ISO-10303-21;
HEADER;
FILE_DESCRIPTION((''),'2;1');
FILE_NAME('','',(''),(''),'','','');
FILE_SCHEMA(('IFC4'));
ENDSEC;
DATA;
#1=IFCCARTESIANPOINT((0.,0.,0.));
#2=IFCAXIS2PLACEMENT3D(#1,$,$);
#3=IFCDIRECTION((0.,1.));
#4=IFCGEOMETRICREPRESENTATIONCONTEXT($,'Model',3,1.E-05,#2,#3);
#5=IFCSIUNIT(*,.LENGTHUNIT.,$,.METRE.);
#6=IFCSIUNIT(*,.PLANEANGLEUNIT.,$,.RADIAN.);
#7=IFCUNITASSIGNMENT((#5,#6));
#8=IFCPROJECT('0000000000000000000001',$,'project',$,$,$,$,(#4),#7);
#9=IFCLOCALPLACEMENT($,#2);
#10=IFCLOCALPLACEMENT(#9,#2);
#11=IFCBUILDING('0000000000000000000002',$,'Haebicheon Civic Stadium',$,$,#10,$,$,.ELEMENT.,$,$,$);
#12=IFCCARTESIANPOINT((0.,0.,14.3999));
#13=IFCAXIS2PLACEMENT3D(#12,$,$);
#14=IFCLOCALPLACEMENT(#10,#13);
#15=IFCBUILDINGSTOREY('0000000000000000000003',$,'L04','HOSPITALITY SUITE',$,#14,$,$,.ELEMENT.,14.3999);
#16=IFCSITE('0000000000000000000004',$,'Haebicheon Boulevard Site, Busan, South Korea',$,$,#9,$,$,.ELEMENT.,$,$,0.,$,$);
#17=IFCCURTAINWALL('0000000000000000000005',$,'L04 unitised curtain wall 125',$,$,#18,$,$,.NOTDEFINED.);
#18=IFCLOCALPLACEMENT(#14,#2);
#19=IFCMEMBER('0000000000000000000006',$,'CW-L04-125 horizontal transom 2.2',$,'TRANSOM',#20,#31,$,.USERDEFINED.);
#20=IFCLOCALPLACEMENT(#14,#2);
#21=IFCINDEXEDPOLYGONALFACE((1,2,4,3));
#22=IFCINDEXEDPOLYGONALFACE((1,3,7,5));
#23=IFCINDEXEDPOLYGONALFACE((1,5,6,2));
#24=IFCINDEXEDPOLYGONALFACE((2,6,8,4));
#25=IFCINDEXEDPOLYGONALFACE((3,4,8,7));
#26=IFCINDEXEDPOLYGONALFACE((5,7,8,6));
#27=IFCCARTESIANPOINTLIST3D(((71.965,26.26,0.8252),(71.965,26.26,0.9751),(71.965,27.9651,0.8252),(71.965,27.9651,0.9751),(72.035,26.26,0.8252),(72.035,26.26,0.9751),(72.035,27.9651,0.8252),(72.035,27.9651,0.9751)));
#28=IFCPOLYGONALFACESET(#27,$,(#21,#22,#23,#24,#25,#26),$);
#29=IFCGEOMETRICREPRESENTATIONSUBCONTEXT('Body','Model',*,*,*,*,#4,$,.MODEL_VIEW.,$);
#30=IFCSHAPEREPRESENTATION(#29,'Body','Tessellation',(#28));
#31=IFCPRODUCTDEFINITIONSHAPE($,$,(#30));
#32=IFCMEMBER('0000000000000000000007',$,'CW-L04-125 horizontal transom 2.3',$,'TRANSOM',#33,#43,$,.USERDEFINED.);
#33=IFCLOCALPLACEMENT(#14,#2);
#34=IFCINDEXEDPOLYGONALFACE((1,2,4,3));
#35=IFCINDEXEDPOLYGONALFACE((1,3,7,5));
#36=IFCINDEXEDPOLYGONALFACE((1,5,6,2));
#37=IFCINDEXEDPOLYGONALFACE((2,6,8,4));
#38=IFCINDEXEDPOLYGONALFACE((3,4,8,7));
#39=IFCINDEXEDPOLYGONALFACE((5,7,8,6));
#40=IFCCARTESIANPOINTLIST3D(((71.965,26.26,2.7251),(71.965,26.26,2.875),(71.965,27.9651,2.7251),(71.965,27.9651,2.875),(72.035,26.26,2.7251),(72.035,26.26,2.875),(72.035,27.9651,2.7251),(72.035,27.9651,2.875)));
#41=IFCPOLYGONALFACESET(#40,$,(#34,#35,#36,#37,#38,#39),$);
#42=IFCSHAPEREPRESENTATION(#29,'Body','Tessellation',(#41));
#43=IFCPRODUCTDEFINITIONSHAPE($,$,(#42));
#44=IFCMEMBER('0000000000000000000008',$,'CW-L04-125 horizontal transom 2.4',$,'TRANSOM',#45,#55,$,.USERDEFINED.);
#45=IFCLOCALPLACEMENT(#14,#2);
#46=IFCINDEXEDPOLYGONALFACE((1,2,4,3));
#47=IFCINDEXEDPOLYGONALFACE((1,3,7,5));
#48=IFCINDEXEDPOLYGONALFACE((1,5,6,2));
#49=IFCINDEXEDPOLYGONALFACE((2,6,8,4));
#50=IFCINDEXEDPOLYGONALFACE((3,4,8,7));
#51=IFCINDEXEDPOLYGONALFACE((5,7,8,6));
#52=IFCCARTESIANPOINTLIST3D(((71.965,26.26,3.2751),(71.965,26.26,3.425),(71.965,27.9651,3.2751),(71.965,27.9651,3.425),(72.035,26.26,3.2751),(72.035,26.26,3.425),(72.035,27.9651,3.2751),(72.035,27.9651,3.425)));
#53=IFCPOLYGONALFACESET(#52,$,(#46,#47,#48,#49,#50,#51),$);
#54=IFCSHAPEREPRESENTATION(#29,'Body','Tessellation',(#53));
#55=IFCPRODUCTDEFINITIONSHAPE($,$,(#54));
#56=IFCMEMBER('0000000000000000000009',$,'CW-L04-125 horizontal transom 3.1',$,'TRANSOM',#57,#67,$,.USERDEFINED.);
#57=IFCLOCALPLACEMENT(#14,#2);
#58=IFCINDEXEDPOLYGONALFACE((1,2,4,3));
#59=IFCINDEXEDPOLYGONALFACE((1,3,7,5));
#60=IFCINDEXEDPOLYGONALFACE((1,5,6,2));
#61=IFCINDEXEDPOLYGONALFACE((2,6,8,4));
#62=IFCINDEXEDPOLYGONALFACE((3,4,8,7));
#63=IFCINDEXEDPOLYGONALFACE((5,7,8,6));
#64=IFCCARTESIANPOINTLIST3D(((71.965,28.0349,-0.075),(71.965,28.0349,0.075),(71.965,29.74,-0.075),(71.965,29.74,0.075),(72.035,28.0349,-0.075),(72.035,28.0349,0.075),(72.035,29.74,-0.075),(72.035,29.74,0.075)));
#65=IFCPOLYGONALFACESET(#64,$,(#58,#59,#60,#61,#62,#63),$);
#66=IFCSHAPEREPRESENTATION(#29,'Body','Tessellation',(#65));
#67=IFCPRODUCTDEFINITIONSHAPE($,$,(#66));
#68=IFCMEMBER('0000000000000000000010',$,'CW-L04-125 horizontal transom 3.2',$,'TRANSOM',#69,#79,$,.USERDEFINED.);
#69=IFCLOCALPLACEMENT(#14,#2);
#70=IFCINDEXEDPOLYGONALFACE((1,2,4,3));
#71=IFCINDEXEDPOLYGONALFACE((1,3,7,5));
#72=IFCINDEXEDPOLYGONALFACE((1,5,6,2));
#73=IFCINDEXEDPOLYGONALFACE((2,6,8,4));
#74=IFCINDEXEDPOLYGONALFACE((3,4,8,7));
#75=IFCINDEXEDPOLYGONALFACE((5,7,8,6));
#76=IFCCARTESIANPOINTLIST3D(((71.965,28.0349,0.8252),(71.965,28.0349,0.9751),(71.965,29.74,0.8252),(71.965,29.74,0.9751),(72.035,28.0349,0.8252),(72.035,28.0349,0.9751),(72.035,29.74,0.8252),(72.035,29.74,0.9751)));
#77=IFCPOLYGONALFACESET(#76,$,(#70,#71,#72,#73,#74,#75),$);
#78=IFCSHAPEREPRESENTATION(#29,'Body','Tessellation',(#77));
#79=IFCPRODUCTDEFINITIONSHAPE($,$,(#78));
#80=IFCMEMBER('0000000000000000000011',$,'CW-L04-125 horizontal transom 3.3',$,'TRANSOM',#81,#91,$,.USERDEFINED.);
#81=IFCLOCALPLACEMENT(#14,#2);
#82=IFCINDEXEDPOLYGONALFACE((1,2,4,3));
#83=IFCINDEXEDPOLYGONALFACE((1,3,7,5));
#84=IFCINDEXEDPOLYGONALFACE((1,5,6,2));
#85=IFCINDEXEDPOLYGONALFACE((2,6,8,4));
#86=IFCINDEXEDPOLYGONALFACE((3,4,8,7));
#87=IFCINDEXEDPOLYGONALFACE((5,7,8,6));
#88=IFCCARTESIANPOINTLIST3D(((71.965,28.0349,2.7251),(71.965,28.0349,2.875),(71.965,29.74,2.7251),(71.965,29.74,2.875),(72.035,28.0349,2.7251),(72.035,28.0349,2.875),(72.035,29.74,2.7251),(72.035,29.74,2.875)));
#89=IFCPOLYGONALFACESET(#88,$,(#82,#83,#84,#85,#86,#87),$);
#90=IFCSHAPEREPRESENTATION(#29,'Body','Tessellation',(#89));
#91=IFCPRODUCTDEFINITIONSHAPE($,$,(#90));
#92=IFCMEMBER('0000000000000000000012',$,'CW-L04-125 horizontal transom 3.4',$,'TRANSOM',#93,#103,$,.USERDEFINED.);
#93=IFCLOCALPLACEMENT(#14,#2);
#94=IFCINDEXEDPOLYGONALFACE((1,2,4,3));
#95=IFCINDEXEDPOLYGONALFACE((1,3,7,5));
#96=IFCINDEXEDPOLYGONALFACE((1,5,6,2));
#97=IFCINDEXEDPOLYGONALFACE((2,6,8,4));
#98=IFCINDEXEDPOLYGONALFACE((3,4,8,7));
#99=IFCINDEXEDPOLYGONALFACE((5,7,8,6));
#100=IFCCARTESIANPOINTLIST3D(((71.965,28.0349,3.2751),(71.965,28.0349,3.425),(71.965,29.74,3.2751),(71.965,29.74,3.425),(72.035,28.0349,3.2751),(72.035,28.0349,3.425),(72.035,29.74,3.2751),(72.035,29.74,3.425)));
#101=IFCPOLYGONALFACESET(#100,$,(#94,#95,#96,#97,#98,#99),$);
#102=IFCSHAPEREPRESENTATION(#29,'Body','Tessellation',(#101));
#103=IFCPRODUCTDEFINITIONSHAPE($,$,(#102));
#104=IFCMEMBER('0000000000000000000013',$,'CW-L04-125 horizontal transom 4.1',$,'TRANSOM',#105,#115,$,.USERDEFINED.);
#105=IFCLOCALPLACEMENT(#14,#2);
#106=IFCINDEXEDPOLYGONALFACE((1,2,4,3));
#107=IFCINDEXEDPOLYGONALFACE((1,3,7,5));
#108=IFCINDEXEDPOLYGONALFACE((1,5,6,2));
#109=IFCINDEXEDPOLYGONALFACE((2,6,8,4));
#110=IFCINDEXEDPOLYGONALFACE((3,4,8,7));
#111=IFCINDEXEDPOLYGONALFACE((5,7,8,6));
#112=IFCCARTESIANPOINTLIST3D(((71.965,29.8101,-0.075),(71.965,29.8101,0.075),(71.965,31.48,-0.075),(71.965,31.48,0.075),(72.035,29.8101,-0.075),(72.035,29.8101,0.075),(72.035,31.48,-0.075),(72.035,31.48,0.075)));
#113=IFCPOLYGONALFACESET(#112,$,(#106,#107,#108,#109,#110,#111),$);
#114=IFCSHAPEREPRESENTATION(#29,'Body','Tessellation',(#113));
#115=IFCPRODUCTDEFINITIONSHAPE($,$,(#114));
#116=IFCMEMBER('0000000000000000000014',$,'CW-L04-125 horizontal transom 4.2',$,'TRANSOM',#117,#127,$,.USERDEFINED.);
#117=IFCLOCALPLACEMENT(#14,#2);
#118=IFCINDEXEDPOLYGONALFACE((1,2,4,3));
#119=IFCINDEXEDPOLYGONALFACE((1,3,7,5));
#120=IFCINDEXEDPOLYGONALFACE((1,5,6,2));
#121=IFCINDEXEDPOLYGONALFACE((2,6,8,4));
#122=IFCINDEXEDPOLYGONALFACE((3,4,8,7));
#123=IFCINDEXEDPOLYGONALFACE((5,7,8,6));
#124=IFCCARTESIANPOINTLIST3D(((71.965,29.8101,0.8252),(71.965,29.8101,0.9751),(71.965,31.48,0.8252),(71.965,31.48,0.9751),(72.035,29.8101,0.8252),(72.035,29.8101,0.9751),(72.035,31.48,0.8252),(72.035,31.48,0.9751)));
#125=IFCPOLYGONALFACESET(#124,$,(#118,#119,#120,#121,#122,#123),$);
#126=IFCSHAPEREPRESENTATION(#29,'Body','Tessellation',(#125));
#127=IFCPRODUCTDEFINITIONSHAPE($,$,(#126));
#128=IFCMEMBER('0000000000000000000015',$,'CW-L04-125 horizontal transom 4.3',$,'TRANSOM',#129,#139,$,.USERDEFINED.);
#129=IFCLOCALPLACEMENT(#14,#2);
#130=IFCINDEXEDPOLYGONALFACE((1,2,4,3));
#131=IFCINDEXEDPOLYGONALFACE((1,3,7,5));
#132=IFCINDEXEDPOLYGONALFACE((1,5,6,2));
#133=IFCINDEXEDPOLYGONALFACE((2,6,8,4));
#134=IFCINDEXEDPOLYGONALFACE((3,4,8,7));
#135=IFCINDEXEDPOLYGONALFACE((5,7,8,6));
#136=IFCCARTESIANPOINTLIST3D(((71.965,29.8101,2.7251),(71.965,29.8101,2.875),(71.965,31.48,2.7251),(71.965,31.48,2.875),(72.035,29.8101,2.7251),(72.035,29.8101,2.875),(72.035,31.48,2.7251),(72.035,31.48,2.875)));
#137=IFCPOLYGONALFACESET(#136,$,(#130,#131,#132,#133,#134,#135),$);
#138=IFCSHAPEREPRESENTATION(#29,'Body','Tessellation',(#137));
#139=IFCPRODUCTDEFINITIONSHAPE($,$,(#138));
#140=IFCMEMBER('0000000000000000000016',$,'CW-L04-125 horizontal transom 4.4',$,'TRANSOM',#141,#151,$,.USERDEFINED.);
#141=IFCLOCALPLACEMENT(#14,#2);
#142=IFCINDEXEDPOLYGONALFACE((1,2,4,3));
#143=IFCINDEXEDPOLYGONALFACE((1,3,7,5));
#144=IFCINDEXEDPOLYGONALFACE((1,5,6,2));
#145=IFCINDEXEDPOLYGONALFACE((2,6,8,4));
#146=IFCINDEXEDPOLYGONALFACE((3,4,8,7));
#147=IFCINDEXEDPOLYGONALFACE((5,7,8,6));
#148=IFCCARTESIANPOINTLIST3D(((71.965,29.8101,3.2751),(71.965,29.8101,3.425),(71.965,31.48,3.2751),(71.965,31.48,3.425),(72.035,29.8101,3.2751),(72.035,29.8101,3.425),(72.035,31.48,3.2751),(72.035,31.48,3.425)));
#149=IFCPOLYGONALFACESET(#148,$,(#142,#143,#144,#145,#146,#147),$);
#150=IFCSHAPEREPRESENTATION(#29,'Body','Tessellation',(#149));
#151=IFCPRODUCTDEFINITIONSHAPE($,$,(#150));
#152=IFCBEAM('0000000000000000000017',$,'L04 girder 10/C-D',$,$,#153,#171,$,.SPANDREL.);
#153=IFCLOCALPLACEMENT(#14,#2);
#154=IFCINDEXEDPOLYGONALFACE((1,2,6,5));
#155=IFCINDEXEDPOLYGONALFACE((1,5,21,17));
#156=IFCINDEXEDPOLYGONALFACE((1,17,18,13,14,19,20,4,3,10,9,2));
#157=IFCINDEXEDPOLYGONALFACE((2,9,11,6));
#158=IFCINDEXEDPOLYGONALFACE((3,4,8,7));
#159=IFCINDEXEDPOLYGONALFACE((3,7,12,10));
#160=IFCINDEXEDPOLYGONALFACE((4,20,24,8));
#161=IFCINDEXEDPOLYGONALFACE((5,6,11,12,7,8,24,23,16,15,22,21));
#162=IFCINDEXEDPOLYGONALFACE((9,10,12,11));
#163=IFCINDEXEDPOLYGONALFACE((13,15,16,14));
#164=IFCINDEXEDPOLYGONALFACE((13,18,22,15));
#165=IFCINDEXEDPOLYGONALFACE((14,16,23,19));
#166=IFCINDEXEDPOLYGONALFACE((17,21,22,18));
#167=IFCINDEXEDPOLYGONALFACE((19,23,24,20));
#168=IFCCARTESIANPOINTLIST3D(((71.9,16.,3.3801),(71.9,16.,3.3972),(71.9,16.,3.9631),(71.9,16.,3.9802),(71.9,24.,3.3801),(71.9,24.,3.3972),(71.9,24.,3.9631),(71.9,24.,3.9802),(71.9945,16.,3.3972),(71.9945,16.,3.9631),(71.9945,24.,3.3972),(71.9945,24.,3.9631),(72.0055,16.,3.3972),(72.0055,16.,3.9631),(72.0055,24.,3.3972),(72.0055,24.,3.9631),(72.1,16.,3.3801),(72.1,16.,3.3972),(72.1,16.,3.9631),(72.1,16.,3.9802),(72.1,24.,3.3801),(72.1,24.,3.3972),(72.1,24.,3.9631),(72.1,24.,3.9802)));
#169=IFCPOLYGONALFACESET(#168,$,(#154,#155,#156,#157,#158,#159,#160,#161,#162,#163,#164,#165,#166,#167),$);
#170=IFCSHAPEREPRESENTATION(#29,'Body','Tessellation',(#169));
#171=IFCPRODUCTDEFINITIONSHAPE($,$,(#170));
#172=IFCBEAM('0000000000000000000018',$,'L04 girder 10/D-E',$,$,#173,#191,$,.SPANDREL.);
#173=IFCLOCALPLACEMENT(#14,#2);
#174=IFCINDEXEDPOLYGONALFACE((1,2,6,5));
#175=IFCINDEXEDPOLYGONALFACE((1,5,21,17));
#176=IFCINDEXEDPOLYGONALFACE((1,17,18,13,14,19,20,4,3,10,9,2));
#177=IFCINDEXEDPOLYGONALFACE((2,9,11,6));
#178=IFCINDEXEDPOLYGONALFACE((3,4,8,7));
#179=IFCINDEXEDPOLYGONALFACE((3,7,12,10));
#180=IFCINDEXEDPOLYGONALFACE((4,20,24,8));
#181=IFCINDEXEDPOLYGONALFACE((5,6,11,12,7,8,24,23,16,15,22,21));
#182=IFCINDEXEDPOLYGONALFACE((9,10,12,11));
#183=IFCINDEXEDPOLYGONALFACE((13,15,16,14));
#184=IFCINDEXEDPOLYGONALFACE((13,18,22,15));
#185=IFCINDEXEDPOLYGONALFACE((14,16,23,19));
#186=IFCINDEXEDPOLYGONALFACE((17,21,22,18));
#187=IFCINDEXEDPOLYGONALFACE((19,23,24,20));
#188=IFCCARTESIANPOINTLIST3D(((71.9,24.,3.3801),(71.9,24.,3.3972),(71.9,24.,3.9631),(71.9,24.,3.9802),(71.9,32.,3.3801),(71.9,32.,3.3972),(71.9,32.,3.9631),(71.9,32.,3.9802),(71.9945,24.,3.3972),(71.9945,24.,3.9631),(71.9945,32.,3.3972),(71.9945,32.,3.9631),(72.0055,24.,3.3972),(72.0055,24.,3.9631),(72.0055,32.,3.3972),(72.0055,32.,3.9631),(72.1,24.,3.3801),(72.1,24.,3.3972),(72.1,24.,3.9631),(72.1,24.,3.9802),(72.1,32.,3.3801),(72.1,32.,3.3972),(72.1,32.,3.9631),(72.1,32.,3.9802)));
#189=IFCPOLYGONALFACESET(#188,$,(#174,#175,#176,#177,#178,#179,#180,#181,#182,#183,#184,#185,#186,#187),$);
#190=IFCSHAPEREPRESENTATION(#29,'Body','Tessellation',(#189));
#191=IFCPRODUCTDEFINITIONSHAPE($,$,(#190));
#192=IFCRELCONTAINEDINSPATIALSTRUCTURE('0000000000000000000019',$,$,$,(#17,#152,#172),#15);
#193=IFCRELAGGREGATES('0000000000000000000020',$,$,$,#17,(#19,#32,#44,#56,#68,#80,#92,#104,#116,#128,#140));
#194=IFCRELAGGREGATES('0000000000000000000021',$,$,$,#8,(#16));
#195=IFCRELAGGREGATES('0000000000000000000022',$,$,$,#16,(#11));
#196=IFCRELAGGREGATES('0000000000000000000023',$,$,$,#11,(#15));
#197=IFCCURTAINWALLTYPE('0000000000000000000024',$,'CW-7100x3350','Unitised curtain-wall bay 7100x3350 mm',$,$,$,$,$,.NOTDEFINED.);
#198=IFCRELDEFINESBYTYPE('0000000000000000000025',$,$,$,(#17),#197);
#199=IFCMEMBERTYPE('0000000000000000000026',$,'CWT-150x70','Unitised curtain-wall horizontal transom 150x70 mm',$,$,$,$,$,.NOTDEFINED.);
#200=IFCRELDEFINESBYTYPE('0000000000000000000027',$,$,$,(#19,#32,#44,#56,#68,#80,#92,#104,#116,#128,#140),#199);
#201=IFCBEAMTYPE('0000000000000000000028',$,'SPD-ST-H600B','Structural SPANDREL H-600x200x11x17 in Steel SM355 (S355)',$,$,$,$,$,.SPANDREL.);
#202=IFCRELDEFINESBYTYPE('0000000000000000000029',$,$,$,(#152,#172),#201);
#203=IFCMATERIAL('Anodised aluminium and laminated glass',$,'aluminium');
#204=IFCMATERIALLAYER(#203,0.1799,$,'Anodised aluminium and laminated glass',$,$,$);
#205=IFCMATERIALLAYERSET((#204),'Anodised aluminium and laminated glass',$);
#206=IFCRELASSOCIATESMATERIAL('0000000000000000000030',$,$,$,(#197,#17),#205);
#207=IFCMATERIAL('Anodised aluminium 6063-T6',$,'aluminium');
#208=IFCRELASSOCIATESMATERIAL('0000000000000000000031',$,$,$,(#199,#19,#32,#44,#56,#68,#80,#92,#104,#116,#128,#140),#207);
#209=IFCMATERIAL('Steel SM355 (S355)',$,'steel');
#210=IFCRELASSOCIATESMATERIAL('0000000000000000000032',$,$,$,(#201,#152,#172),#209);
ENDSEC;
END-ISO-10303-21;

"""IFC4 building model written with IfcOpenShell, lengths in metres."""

from ifc_helpers import new_model, si_unit, direction, frame, origin, origin_2d, place, context, subcontext, project, spatial, rectangle, i_section, extrude, material, layer, layer_set, material_profile, profile_set, type_object, element, aggregate, save


model = new_model("IFC4")

# Units and contexts
model_context = context("Model", 3, precision=1e-05, world=origin(), true_north=direction((0.0, 1.0)))
body_context = subcontext(model_context, "Body", "Model", "MODEL_VIEW")
ifc_project = project(units=[si_unit("LENGTHUNIT", "METRE"), si_unit("PLANEANGLEUNIT", "RADIAN")], contexts=[model_context])

# Site, building, storey
site_placement = place(None, origin())
site = spatial("IfcSite", under=ifc_project, at=site_placement, Name="Haebicheon Boulevard Site, Busan, South Korea", CompositionType="ELEMENT", RefElevation=0.0)
building_placement = place(site_placement, origin())
building = spatial("IfcBuilding", under=site, at=building_placement, Name="Haebicheon Civic Stadium", CompositionType="ELEMENT")
storey_placement = place(building_placement, frame((0.0, 0.0, 14.3999)))
storey = spatial("IfcBuildingStorey", under=building, at=storey_placement, Name="L04", Description="HOSPITALITY SUITE", CompositionType="ELEMENT", Elevation=14.3999)

# Curtain wall, members
ifc_material_1 = material(Name="Anodised aluminium and laminated glass", Category="aluminium")
ifc_layer_1 = layer(ifc_material_1, 0.1799, Name="Anodised aluminium and laminated glass")
ifc_layer_set_1 = layer_set([ifc_layer_1], Name="Anodised aluminium and laminated glass")
curtain_wall_type = type_object("IfcCurtainWallType", Name="CW-7100x3350", Description="Unitised curtain-wall bay 7100x3350 mm", PredefinedType="NOTDEFINED", material=ifc_layer_set_1)
curtain_wall_placement = place(storey_placement, origin())
curtain_wall = element("IfcCurtainWall", 1, at=curtain_wall_placement, inside=storey, type_object=curtain_wall_type, material=ifc_layer_set_1, Name="L04 unitised curtain wall 125", PredefinedType="NOTDEFINED")
ifc_material_2 = material(Name="Anodised aluminium 6063-T6", Category="aluminium")
ifc_material_profile_1 = material_profile(ifc_material_2, rectangle(XDim=0.0701, YDim=0.1499, at=origin_2d()), Name="ALU-TRAN-70x150")
ifc_profile_set_1 = profile_set([ifc_material_profile_1], Name="Anodised aluminium 6063-T6")
member_type_1 = type_object("IfcMemberType", Name="CWT-150x70", Description="Unitised curtain-wall horizontal transom 150x70 mm", PredefinedType="NOTDEFINED", material=ifc_profile_set_1)
member_1_placement = place(storey_placement, frame((72.0, 26.26, 0.9001), z_axis=(0.0, 1.0, 0.0), x_axis=(-1.0, 0.0, 0.0)))
member_1 = element("IfcMember", 2, at=member_1_placement, type_object=member_type_1, material=ifc_profile_set_1, Name="CW-L04-125 horizontal transom 2.2", ObjectType="TRANSOM", PredefinedType="USERDEFINED", context=body_context, shape_type="SweptSolid", body=[
    extrude(rectangle(XDim=0.0701, YDim=0.1499, at=origin_2d()), origin(), (0.0, 0.0, 1.0), 1.7051),
])
member_2_placement = place(storey_placement, frame((72.0, 26.26, 2.8), z_axis=(0.0, 1.0, 0.0), x_axis=(-1.0, 0.0, 0.0)))
member_2 = element("IfcMember", 3, at=member_2_placement, type_object=member_type_1, material=ifc_profile_set_1, Name="CW-L04-125 horizontal transom 2.3", ObjectType="TRANSOM", PredefinedType="USERDEFINED", context=body_context, shape_type="SweptSolid", body=[
    extrude(rectangle(XDim=0.0701, YDim=0.1499, at=origin_2d()), origin(), (0.0, 0.0, 1.0), 1.7051),
])
member_3_placement = place(storey_placement, frame((72.0, 26.26, 3.3501), z_axis=(0.0, 1.0, 0.0), x_axis=(-1.0, 0.0, 0.0)))
member_3 = element("IfcMember", 4, at=member_3_placement, type_object=member_type_1, material=ifc_profile_set_1, Name="CW-L04-125 horizontal transom 2.4", ObjectType="TRANSOM", PredefinedType="USERDEFINED", context=body_context, shape_type="SweptSolid", body=[
    extrude(rectangle(XDim=0.0701, YDim=0.1499, at=origin_2d()), origin(), (0.0, 0.0, 1.0), 1.7051),
])
member_4_placement = place(storey_placement, frame((72.0, 28.0349, 0.0), z_axis=(0.0, 1.0, 0.0), x_axis=(-1.0, 0.0, 0.0)))
member_4 = element("IfcMember", 5, at=member_4_placement, type_object=member_type_1, material=ifc_profile_set_1, Name="CW-L04-125 horizontal transom 3.1", ObjectType="TRANSOM", PredefinedType="USERDEFINED", context=body_context, shape_type="SweptSolid", body=[
    extrude(rectangle(XDim=0.0701, YDim=0.1499, at=origin_2d()), origin(), (0.0, 0.0, 1.0), 1.7051),
])
member_5_placement = place(storey_placement, frame((72.0, 28.0349, 0.9001), z_axis=(0.0, 1.0, 0.0), x_axis=(-1.0, 0.0, 0.0)))
member_5 = element("IfcMember", 6, at=member_5_placement, type_object=member_type_1, material=ifc_profile_set_1, Name="CW-L04-125 horizontal transom 3.2", ObjectType="TRANSOM", PredefinedType="USERDEFINED", context=body_context, shape_type="SweptSolid", body=[
    extrude(rectangle(XDim=0.0701, YDim=0.1499, at=origin_2d()), origin(), (0.0, 0.0, 1.0), 1.7051),
])
member_6_placement = place(storey_placement, frame((72.0, 28.0349, 2.8), z_axis=(0.0, 1.0, 0.0), x_axis=(-1.0, 0.0, 0.0)))
member_6 = element("IfcMember", 7, at=member_6_placement, type_object=member_type_1, material=ifc_profile_set_1, Name="CW-L04-125 horizontal transom 3.3", ObjectType="TRANSOM", PredefinedType="USERDEFINED", context=body_context, shape_type="SweptSolid", body=[
    extrude(rectangle(XDim=0.0701, YDim=0.1499, at=origin_2d()), origin(), (0.0, 0.0, 1.0), 1.7051),
])
member_7_placement = place(storey_placement, frame((72.0, 28.0349, 3.3501), z_axis=(0.0, 1.0, 0.0), x_axis=(-1.0, 0.0, 0.0)))
member_7 = element("IfcMember", 8, at=member_7_placement, type_object=member_type_1, material=ifc_profile_set_1, Name="CW-L04-125 horizontal transom 3.4", ObjectType="TRANSOM", PredefinedType="USERDEFINED", context=body_context, shape_type="SweptSolid", body=[
    extrude(rectangle(XDim=0.0701, YDim=0.1499, at=origin_2d()), origin(), (0.0, 0.0, 1.0), 1.7051),
])
member_8_placement = place(storey_placement, frame((72.0, 29.8101, 0.0), z_axis=(0.0, 1.0, 0.0), x_axis=(-1.0, 0.0, 0.0)))
member_8 = element("IfcMember", 9, at=member_8_placement, type_object=member_type_1, material=ifc_profile_set_1, Name="CW-L04-125 horizontal transom 4.1", ObjectType="TRANSOM", PredefinedType="USERDEFINED", context=body_context, shape_type="SweptSolid", body=[
    extrude(rectangle(XDim=0.0701, YDim=0.1499, at=origin_2d()), origin(), (0.0, 0.0, 1.0), 1.6699),
])
member_9_placement = place(storey_placement, frame((72.0, 29.8101, 0.9001), z_axis=(0.0, 1.0, 0.0), x_axis=(-1.0, 0.0, 0.0)))
member_9 = element("IfcMember", 10, at=member_9_placement, type_object=member_type_1, material=ifc_profile_set_1, Name="CW-L04-125 horizontal transom 4.2", ObjectType="TRANSOM", PredefinedType="USERDEFINED", context=body_context, shape_type="SweptSolid", body=[
    extrude(rectangle(XDim=0.0701, YDim=0.1499, at=origin_2d()), origin(), (0.0, 0.0, 1.0), 1.6699),
])
member_10_placement = place(storey_placement, frame((72.0, 29.8101, 2.8), z_axis=(0.0, 1.0, 0.0), x_axis=(-1.0, 0.0, 0.0)))
member_10 = element("IfcMember", 11, at=member_10_placement, type_object=member_type_1, material=ifc_profile_set_1, Name="CW-L04-125 horizontal transom 4.3", ObjectType="TRANSOM", PredefinedType="USERDEFINED", context=body_context, shape_type="SweptSolid", body=[
    extrude(rectangle(XDim=0.0701, YDim=0.1499, at=origin_2d()), origin(), (0.0, 0.0, 1.0), 1.6699),
])
member_11_placement = place(storey_placement, frame((72.0, 29.8101, 3.3501), z_axis=(0.0, 1.0, 0.0), x_axis=(-1.0, 0.0, 0.0)))
member_11 = element("IfcMember", 12, at=member_11_placement, type_object=member_type_1, material=ifc_profile_set_1, Name="CW-L04-125 horizontal transom 4.4", ObjectType="TRANSOM", PredefinedType="USERDEFINED", context=body_context, shape_type="SweptSolid", body=[
    extrude(rectangle(XDim=0.0701, YDim=0.1499, at=origin_2d()), origin(), (0.0, 0.0, 1.0), 1.6699),
])

# Beams
ifc_material_3 = material(Name="Steel SM355 (S355)", Category="steel")
ifc_material_profile_2 = material_profile(ifc_material_3, i_section(OverallWidth=0.2, OverallDepth=0.6001, WebThickness=0.011, FlangeThickness=0.0171, at=origin_2d()), Name="H-600x200x11x17")
ifc_profile_set_2 = profile_set([ifc_material_profile_2], Name="Steel SM355 (S355)")
beam_type_1 = type_object("IfcBeamType", Name="SPD-ST-H600B", Description="Structural SPANDREL H-600x200x11x17 in Steel SM355 (S355)", PredefinedType="SPANDREL", material=ifc_profile_set_2)
for number, where, z_axis, x_axis, name in (
    (13, (72.0, 16.0, 3.6802), (0.0, 1.0, 0.0), (-1.0, 0.0, 0.0), "L04 girder 10/C-D"),
    (14, (72.0, 24.0, 3.6802), (0.0, 1.0, 0.0), (-1.0, 0.0, 0.0), "L04 girder 10/D-E"),
):
    element("IfcBeam", number, at=place(storey_placement, frame(where, z_axis=z_axis, x_axis=x_axis)), inside=storey, type_object=beam_type_1, material=ifc_profile_set_2, Name=name, PredefinedType="SPANDREL", context=body_context, shape_type="SweptSolid", body=[
        extrude(i_section(OverallWidth=0.2, OverallDepth=0.6001, WebThickness=0.011, FlangeThickness=0.0171, at=origin_2d()), origin(), (0.0, 0.0, 1.0), 8.0),
    ])

aggregate(curtain_wall, [member_1, member_2, member_3, member_4, member_5, member_6, member_7, member_8, member_9, member_10, member_11])

save(model, "model.ifc")
